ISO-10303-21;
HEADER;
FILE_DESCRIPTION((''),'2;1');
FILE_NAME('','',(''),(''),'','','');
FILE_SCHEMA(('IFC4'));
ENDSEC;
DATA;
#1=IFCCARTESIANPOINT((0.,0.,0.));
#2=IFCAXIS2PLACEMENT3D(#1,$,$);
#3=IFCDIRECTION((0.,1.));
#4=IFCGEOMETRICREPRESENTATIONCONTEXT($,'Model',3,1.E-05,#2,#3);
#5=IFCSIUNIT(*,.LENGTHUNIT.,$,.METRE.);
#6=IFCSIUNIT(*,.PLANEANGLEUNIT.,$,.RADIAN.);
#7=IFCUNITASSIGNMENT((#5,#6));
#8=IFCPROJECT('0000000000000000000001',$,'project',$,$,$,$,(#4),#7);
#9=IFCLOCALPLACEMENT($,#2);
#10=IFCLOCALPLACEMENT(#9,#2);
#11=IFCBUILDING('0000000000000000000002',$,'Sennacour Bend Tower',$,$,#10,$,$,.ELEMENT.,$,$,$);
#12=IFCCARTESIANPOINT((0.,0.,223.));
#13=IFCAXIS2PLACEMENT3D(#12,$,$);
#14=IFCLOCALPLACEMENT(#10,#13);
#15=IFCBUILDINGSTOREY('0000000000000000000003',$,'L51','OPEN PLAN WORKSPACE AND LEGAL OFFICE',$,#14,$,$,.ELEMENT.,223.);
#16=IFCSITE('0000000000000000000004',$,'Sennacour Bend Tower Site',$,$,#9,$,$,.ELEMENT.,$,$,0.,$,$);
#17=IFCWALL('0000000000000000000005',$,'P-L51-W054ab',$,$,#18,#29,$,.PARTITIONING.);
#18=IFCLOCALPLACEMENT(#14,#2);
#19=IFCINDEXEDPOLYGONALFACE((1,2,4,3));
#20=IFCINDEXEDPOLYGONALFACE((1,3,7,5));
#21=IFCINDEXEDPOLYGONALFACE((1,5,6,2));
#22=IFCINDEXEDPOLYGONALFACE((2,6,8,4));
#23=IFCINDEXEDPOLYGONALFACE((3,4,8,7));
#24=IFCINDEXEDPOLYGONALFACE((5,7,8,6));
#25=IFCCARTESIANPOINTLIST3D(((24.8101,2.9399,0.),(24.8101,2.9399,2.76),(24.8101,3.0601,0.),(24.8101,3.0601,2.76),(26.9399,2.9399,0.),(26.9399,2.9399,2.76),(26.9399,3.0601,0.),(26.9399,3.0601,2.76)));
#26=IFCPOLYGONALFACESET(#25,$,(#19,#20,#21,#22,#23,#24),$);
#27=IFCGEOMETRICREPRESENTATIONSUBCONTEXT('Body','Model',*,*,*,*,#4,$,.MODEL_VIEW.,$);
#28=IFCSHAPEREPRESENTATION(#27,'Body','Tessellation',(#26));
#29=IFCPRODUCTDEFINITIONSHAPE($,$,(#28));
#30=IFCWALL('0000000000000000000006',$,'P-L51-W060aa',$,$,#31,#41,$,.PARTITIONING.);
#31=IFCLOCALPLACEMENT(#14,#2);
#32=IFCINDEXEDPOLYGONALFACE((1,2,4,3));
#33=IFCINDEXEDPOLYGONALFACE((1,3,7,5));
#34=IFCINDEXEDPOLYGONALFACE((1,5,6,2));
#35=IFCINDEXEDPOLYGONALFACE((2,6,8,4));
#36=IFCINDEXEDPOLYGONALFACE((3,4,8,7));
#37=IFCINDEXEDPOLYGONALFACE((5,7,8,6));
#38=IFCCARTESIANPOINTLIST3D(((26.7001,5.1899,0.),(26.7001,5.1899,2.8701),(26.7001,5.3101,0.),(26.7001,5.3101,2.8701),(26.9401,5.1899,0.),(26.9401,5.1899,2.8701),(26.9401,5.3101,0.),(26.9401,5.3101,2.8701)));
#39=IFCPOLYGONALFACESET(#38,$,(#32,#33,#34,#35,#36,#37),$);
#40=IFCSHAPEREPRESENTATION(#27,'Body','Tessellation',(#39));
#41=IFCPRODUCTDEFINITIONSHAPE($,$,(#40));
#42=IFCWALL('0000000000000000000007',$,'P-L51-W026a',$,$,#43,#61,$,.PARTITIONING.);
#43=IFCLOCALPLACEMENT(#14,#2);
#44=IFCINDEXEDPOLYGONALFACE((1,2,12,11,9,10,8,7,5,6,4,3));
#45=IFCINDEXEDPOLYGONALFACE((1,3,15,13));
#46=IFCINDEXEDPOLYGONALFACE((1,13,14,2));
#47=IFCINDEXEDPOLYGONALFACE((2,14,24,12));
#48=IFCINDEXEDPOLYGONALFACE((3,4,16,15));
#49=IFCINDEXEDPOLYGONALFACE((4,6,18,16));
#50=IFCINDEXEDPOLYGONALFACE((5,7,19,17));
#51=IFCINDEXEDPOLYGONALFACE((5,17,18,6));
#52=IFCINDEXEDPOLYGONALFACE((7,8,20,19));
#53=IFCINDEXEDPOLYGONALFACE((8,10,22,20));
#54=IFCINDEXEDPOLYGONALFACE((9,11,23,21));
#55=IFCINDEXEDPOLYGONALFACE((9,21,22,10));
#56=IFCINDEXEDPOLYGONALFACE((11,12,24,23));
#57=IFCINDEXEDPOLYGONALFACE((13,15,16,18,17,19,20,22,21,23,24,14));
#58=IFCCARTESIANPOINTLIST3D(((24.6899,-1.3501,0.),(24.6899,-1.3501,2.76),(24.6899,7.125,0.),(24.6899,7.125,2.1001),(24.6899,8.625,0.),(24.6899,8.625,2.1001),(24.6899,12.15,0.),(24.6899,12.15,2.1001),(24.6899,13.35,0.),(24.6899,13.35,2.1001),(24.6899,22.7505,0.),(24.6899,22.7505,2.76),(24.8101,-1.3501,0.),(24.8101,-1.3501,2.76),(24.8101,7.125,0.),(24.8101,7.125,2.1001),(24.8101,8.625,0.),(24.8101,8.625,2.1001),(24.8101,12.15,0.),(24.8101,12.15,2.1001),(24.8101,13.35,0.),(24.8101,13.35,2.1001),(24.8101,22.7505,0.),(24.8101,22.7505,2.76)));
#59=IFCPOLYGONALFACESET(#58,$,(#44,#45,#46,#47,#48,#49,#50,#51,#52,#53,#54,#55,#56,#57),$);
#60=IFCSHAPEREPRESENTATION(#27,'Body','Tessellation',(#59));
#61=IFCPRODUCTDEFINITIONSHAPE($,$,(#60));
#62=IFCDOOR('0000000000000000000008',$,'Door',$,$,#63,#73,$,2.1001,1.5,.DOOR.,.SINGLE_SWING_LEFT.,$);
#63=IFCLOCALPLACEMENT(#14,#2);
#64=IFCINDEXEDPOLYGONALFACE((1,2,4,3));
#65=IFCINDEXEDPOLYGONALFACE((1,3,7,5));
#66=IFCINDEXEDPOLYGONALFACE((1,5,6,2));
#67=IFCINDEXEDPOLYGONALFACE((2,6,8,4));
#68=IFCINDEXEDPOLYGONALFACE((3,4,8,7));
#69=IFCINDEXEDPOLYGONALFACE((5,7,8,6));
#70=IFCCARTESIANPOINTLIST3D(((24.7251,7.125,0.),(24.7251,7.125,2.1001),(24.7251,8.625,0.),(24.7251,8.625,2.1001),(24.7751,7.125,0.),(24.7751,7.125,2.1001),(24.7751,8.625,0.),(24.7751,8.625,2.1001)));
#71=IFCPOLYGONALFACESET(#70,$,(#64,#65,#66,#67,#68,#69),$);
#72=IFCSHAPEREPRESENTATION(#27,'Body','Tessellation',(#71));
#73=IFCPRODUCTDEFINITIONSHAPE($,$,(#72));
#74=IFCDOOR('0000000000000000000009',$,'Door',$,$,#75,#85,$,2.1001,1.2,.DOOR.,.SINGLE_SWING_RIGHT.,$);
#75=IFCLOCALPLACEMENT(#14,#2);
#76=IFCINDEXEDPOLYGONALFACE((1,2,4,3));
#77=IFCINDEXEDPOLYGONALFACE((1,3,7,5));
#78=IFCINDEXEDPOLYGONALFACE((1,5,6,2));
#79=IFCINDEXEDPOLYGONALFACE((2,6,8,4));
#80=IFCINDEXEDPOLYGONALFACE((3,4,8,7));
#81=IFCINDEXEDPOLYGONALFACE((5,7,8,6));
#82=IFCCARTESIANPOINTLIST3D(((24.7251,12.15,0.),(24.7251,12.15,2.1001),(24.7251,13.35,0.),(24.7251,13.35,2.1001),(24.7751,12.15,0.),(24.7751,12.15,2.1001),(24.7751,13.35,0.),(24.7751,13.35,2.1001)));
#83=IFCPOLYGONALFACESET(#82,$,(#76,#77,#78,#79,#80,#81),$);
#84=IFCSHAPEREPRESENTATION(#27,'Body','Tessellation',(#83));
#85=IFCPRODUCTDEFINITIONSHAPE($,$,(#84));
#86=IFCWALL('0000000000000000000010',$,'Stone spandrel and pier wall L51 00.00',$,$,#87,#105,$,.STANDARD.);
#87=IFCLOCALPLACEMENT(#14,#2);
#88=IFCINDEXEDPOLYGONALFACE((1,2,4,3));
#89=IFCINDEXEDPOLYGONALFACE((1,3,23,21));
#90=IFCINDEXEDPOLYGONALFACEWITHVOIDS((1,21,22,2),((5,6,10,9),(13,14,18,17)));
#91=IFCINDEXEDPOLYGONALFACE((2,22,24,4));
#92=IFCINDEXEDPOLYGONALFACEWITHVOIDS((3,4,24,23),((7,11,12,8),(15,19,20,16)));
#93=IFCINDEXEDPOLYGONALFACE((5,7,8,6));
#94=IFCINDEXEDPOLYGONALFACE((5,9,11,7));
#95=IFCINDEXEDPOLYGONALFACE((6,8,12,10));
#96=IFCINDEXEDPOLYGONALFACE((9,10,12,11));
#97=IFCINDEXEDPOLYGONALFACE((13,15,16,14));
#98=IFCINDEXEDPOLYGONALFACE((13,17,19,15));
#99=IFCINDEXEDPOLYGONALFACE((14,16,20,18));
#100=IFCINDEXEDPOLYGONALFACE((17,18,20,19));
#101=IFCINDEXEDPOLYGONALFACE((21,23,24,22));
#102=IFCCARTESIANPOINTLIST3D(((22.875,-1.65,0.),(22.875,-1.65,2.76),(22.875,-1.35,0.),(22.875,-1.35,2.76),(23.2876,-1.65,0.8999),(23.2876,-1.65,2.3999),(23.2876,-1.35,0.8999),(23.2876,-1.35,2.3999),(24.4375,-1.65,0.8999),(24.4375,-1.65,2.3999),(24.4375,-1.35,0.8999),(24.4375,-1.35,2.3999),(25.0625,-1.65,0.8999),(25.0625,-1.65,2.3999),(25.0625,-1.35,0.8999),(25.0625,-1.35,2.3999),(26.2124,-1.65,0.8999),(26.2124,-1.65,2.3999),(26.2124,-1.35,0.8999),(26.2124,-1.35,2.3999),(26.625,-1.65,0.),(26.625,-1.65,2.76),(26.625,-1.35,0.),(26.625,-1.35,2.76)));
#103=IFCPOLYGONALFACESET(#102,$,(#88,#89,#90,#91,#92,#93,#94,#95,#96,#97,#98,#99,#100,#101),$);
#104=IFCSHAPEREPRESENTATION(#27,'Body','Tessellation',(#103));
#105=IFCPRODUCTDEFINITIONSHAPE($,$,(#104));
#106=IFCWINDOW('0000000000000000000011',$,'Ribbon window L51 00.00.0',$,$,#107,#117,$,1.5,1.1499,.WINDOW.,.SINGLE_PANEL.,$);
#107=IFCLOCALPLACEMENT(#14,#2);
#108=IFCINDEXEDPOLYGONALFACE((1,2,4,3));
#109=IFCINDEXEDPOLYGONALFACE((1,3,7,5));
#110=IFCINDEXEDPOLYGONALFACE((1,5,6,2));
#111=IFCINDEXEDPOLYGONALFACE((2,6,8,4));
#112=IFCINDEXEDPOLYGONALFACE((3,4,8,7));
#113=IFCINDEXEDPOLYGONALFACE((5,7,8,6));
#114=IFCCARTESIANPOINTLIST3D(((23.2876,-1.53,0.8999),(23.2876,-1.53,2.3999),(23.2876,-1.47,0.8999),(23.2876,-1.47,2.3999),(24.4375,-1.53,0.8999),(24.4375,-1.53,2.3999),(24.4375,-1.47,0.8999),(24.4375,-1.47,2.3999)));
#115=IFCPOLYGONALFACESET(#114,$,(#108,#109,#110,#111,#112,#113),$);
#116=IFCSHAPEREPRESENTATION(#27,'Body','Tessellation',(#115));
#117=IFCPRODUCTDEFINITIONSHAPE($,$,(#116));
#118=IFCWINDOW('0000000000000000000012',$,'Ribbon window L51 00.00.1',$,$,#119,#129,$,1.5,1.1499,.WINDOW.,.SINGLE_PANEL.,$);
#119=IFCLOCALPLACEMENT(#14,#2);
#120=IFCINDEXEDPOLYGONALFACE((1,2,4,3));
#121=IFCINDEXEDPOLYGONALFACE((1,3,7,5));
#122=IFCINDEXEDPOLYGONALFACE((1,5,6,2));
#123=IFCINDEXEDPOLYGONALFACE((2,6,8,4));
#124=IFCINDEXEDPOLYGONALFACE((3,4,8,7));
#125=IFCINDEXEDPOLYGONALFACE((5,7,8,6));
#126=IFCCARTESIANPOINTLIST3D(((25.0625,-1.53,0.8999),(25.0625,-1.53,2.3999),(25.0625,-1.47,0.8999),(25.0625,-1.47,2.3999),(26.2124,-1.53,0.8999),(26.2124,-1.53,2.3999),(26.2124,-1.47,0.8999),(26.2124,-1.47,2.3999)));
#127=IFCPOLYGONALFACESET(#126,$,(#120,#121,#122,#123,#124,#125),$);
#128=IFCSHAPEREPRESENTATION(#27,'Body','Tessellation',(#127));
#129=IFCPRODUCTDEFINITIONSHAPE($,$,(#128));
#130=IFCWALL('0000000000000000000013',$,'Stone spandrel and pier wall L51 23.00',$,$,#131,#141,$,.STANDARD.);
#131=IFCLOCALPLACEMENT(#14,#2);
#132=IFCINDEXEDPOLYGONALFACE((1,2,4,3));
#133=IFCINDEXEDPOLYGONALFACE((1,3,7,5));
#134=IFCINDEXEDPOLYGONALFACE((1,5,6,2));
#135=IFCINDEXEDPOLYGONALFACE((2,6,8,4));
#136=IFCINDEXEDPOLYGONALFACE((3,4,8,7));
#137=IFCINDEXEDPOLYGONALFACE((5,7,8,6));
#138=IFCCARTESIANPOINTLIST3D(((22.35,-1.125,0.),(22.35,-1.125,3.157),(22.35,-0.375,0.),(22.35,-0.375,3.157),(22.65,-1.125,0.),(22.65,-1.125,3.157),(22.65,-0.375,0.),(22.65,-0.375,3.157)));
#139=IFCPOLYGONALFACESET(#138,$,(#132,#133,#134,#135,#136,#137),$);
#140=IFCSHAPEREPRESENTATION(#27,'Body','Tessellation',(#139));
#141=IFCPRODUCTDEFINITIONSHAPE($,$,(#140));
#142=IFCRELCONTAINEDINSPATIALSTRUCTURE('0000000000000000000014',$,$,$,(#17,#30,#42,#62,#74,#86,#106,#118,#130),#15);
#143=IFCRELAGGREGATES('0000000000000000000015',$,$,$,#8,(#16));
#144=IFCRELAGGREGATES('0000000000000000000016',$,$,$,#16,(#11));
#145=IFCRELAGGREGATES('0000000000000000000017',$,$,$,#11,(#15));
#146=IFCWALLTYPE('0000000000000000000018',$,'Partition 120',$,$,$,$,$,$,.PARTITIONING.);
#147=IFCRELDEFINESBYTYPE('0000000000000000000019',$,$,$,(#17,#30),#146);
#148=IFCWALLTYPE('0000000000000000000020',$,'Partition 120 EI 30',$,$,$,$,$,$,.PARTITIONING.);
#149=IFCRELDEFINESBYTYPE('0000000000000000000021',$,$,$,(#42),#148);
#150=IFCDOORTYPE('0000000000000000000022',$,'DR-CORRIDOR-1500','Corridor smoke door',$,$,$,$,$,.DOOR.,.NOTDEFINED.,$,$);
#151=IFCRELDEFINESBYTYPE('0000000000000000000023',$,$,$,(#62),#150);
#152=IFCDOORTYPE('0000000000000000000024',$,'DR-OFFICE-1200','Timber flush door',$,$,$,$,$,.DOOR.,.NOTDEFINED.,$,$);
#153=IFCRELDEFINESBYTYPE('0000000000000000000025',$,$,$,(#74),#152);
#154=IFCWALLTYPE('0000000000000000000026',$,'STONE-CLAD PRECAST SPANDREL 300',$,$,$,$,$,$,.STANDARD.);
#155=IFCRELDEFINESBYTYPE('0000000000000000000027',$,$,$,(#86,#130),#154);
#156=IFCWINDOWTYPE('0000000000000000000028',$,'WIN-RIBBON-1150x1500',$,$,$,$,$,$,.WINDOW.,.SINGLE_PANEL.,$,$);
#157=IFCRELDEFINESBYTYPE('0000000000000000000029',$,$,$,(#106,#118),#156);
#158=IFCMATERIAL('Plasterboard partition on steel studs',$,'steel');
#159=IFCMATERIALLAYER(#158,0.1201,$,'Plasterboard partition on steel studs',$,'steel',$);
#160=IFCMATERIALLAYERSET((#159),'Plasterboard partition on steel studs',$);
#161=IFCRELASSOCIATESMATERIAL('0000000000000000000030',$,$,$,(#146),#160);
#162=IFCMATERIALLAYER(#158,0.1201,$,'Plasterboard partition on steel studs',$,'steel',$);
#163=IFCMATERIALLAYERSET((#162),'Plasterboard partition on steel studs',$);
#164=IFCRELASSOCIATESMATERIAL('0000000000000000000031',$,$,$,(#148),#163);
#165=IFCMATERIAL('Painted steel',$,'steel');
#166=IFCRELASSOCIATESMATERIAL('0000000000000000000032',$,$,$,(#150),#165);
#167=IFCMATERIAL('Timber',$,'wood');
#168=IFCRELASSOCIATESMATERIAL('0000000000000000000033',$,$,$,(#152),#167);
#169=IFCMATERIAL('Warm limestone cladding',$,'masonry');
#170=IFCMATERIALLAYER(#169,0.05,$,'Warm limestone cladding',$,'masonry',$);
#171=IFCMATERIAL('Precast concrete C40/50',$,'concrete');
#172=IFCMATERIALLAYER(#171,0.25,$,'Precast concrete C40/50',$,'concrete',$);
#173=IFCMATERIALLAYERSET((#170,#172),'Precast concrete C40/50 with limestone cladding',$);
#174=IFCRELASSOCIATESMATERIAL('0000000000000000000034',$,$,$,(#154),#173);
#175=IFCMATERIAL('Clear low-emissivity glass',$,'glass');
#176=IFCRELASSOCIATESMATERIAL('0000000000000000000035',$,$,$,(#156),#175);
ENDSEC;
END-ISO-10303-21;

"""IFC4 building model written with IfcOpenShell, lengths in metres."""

from ifc_helpers import new_model, si_unit, direction, frame, frame_2d, origin, place, context, subcontext, project, spatial, rectangle, extrude, material, layer, layer_set, type_object, element, fill, save


model = new_model("IFC4")

# Units and contexts
model_context = context("Model", 3, precision=1e-05, world=origin(), true_north=direction((0.0, 1.0)))
body_context = subcontext(model_context, "Body", "Model", "MODEL_VIEW")
ifc_project = project(units=[si_unit("LENGTHUNIT", "METRE"), si_unit("PLANEANGLEUNIT", "RADIAN")], contexts=[model_context])

# Site, building, storey
site_placement = place(None, origin())
site = spatial("IfcSite", under=ifc_project, at=site_placement, Name="Sennacour Bend Tower Site", CompositionType="ELEMENT", RefElevation=0.0)
building_placement = place(site_placement, origin())
building = spatial("IfcBuilding", under=site, at=building_placement, Name="Sennacour Bend Tower", CompositionType="ELEMENT")
storey_placement = place(building_placement, frame((0.0, 0.0, 223.0)))
storey = spatial("IfcBuildingStorey", under=building, at=storey_placement, Name="L51", Description="OPEN PLAN WORKSPACE AND LEGAL OFFICE", CompositionType="ELEMENT", Elevation=223.0)

# Walls
ifc_material_1 = material(Name="Plasterboard partition on steel studs", Category="steel")
ifc_layer_1 = layer(ifc_material_1, 0.1201, Name="Plasterboard partition on steel studs", Category="steel")
ifc_layer_set_1 = layer_set([ifc_layer_1], Name="Plasterboard partition on steel studs")
wall_type_1 = type_object("IfcWallType", Name="Partition 120", PredefinedType="PARTITIONING", material=ifc_layer_set_1)
wall_1_placement = place(storey_placement, frame((24.8101, 3.0, 0.0), z_axis=(0.0, 0.0, 1.0), x_axis=(1.0, 0.0, 0.0)))
element("IfcWall", 1, at=wall_1_placement, inside=storey, type_object=wall_type_1, Name="P-L51-W054ab", PredefinedType="PARTITIONING", context=body_context, shape_type="SweptSolid", body=[
    extrude(rectangle(XDim=2.1299, YDim=0.1201, at=frame_2d((1.0649, 0.0))), origin(), (0.0, 0.0, 1.0), 2.76),
])
wall_2_placement = place(storey_placement, frame((26.7, 5.25, 0.0), z_axis=(0.0, 0.0, 1.0), x_axis=(1.0, 0.0, 0.0)))
element("IfcWall", 2, at=wall_2_placement, inside=storey, type_object=wall_type_1, Name="P-L51-W060aa", PredefinedType="PARTITIONING", context=body_context, shape_type="SweptSolid", body=[
    extrude(rectangle(XDim=0.24, YDim=0.1201, at=frame_2d((0.1201, 0.0))), origin(), (0.0, 0.0, 1.0), 2.8701),
])

# Wall, openings, doors
ifc_layer_2 = layer(ifc_material_1, 0.1201, Name="Plasterboard partition on steel studs", Category="steel")
ifc_layer_set_2 = layer_set([ifc_layer_2], Name="Plasterboard partition on steel studs")
wall_type_2 = type_object("IfcWallType", Name="Partition 120 EI 30", PredefinedType="PARTITIONING", material=ifc_layer_set_2)
wall_3_placement = place(storey_placement, frame((24.75, -1.3501, 0.0), z_axis=(0.0, 0.0, 1.0), x_axis=(0.0, 1.0, 0.0)))
wall_3 = element("IfcWall", 3, at=wall_3_placement, inside=storey, type_object=wall_type_2, Name="P-L51-W026a", PredefinedType="PARTITIONING", context=body_context, shape_type="SweptSolid", body=[
    extrude(rectangle(XDim=24.1006, YDim=0.1201, at=frame_2d((12.0503, 0.0))), origin(), (0.0, 0.0, 1.0), 2.76),
])
opening_1_placement = place(wall_3_placement, frame((8.4751, 0.0, 0.0)))
opening_1 = element("IfcOpeningElement", 4, at=opening_1_placement, cuts=wall_3, PredefinedType="OPENING", context=body_context, shape_type="SweptSolid", body=[
    extrude(rectangle(XDim=1.5, YDim=2.1001, at=frame_2d((0.75, 1.05))), frame((0.0, 0.0701, 0.0), z_axis=(0.0, -1.0, 0.0), x_axis=(1.0, 0.0, 0.0)), (0.0, 0.0, 1.0), 0.1401),
])
opening_2_placement = place(wall_3_placement, frame((13.5, 0.0, 0.0)))
opening_2 = element("IfcOpeningElement", 5, at=opening_2_placement, cuts=wall_3, PredefinedType="OPENING", context=body_context, shape_type="SweptSolid", body=[
    extrude(rectangle(XDim=1.2, YDim=2.1001, at=frame_2d((0.6001, 1.05))), frame((0.0, 0.0701, 0.0), z_axis=(0.0, -1.0, 0.0), x_axis=(1.0, 0.0, 0.0)), (0.0, 0.0, 1.0), 0.1401),
])
ifc_material_2 = material(Name="Painted steel", Category="steel")
door_type_1 = type_object("IfcDoorType", Name="DR-CORRIDOR-1500", Description="Corridor smoke door", OperationType="NOTDEFINED", PredefinedType="DOOR", material=ifc_material_2)
door_1_placement = place(opening_1_placement, origin())
door_1 = element("IfcDoor", 6, at=door_1_placement, inside=storey, type_object=door_type_1, Name="Door", OperationType="SINGLE_SWING_LEFT", OverallHeight=2.1001, OverallWidth=1.5, PredefinedType="DOOR", context=body_context, shape_type="SweptSolid", body=[
    extrude(rectangle(XDim=1.5, YDim=2.1001, at=frame_2d((0.75, 1.05))), frame((0.0, 0.0249, 0.0), z_axis=(0.0, -1.0, 0.0), x_axis=(1.0, 0.0, 0.0)), (0.0, 0.0, 1.0), 0.05),
])
fill(opening_1, door_1)
ifc_material_3 = material(Name="Timber", Category="wood")
door_type_2 = type_object("IfcDoorType", Name="DR-OFFICE-1200", Description="Timber flush door", OperationType="NOTDEFINED", PredefinedType="DOOR", material=ifc_material_3)
door_2_placement = place(opening_2_placement, origin())
door_2 = element("IfcDoor", 7, at=door_2_placement, inside=storey, type_object=door_type_2, Name="Door", OperationType="SINGLE_SWING_RIGHT", OverallHeight=2.1001, OverallWidth=1.2, PredefinedType="DOOR", context=body_context, shape_type="SweptSolid", body=[
    extrude(rectangle(XDim=1.2, YDim=2.1001, at=frame_2d((0.6001, 1.05))), frame((0.0, 0.0249, 0.0), z_axis=(0.0, -1.0, 0.0), x_axis=(1.0, 0.0, 0.0)), (0.0, 0.0, 1.0), 0.05),
])
fill(opening_2, door_2)

# Wall, openings, windows
ifc_material_4 = material(Name="Warm limestone cladding", Category="masonry")
ifc_layer_3 = layer(ifc_material_4, 0.05, Name="Warm limestone cladding", Category="masonry")
ifc_material_5 = material(Name="Precast concrete C40/50", Category="concrete")
ifc_layer_4 = layer(ifc_material_5, 0.25, Name="Precast concrete C40/50", Category="concrete")
ifc_layer_set_3 = layer_set([ifc_layer_3, ifc_layer_4], Name="Precast concrete C40/50 with limestone cladding")
wall_type_3 = type_object("IfcWallType", Name="STONE-CLAD PRECAST SPANDREL 300", PredefinedType="STANDARD", material=ifc_layer_set_3)
wall_4_placement = place(storey_placement, frame((22.875, -1.5, 0.0), z_axis=(0.0, 0.0, 1.0), x_axis=(1.0, 0.0, 0.0)))
wall_4 = element("IfcWall", 8, at=wall_4_placement, inside=storey, type_object=wall_type_3, Name="Stone spandrel and pier wall L51 00.00", PredefinedType="STANDARD", context=body_context, shape_type="SweptSolid", body=[
    extrude(rectangle(XDim=3.75, YDim=0.3, at=frame_2d((1.875, 0.0))), origin(), (0.0, 0.0, 1.0), 2.76),
])
opening_3_placement = place(wall_4_placement, frame((0.4126, 0.0, 0.8999)))
opening_3 = element("IfcOpeningElement", 9, at=opening_3_placement, cuts=wall_4, PredefinedType="OPENING", context=body_context, shape_type="SweptSolid", body=[
    extrude(rectangle(XDim=1.1499, YDim=1.5, at=frame_2d((0.575, 0.75))), frame((0.0, 0.1602, 0.0), z_axis=(0.0, -1.0, 0.0), x_axis=(1.0, 0.0, 0.0)), (0.0, 0.0, 1.0), 0.3201),
])
opening_4_placement = place(wall_4_placement, frame((2.1875, 0.0, 0.8999)))
opening_4 = element("IfcOpeningElement", 10, at=opening_4_placement, cuts=wall_4, PredefinedType="OPENING", context=body_context, shape_type="SweptSolid", body=[
    extrude(rectangle(XDim=1.1499, YDim=1.5, at=frame_2d((0.575, 0.75))), frame((0.0, 0.1602, 0.0), z_axis=(0.0, -1.0, 0.0), x_axis=(1.0, 0.0, 0.0)), (0.0, 0.0, 1.0), 0.3201),
])
ifc_material_6 = material(Name="Clear low-emissivity glass", Category="glass")
window_type = type_object("IfcWindowType", Name="WIN-RIBBON-1150x1500", PartitioningType="SINGLE_PANEL", PredefinedType="WINDOW", material=ifc_material_6)
window_1_placement = place(opening_3_placement, origin())
window_1 = element("IfcWindow", 11, at=window_1_placement, inside=storey, type_object=window_type, Name="Ribbon window L51 00.00.0", OverallHeight=1.5, OverallWidth=1.1499, PartitioningType="SINGLE_PANEL", PredefinedType="WINDOW", context=body_context, shape_type="SweptSolid", body=[
    extrude(rectangle(XDim=1.1499, YDim=1.5, at=frame_2d((0.575, 0.75))), frame((0.0, 0.03, 0.0), z_axis=(0.0, -1.0, 0.0), x_axis=(1.0, 0.0, 0.0)), (0.0, 0.0, 1.0), 0.0601),
])
fill(opening_3, window_1)
window_2_placement = place(opening_4_placement, origin())
window_2 = element("IfcWindow", 12, at=window_2_placement, inside=storey, type_object=window_type, Name="Ribbon window L51 00.00.1", OverallHeight=1.5, OverallWidth=1.1499, PartitioningType="SINGLE_PANEL", PredefinedType="WINDOW", context=body_context, shape_type="SweptSolid", body=[
    extrude(rectangle(XDim=1.1499, YDim=1.5, at=frame_2d((0.575, 0.75))), frame((0.0, 0.03, 0.0), z_axis=(0.0, -1.0, 0.0), x_axis=(1.0, 0.0, 0.0)), (0.0, 0.0, 1.0), 0.0601),
])
fill(opening_4, window_2)

# Wall
wall_5_placement = place(storey_placement, frame((22.5, -0.375, 0.0), z_axis=(0.0, 0.0, 1.0), x_axis=(0.0, -1.0, 0.0)))
element("IfcWall", 13, at=wall_5_placement, inside=storey, type_object=wall_type_3, Name="Stone spandrel and pier wall L51 23.00", PredefinedType="STANDARD", context=body_context, shape_type="SweptSolid", body=[
    extrude(rectangle(XDim=0.75, YDim=0.3, at=frame_2d((0.375, 0.0))), origin(), (0.0, 0.0, 1.0), 3.157),
])

save(model, "model.ifc")
